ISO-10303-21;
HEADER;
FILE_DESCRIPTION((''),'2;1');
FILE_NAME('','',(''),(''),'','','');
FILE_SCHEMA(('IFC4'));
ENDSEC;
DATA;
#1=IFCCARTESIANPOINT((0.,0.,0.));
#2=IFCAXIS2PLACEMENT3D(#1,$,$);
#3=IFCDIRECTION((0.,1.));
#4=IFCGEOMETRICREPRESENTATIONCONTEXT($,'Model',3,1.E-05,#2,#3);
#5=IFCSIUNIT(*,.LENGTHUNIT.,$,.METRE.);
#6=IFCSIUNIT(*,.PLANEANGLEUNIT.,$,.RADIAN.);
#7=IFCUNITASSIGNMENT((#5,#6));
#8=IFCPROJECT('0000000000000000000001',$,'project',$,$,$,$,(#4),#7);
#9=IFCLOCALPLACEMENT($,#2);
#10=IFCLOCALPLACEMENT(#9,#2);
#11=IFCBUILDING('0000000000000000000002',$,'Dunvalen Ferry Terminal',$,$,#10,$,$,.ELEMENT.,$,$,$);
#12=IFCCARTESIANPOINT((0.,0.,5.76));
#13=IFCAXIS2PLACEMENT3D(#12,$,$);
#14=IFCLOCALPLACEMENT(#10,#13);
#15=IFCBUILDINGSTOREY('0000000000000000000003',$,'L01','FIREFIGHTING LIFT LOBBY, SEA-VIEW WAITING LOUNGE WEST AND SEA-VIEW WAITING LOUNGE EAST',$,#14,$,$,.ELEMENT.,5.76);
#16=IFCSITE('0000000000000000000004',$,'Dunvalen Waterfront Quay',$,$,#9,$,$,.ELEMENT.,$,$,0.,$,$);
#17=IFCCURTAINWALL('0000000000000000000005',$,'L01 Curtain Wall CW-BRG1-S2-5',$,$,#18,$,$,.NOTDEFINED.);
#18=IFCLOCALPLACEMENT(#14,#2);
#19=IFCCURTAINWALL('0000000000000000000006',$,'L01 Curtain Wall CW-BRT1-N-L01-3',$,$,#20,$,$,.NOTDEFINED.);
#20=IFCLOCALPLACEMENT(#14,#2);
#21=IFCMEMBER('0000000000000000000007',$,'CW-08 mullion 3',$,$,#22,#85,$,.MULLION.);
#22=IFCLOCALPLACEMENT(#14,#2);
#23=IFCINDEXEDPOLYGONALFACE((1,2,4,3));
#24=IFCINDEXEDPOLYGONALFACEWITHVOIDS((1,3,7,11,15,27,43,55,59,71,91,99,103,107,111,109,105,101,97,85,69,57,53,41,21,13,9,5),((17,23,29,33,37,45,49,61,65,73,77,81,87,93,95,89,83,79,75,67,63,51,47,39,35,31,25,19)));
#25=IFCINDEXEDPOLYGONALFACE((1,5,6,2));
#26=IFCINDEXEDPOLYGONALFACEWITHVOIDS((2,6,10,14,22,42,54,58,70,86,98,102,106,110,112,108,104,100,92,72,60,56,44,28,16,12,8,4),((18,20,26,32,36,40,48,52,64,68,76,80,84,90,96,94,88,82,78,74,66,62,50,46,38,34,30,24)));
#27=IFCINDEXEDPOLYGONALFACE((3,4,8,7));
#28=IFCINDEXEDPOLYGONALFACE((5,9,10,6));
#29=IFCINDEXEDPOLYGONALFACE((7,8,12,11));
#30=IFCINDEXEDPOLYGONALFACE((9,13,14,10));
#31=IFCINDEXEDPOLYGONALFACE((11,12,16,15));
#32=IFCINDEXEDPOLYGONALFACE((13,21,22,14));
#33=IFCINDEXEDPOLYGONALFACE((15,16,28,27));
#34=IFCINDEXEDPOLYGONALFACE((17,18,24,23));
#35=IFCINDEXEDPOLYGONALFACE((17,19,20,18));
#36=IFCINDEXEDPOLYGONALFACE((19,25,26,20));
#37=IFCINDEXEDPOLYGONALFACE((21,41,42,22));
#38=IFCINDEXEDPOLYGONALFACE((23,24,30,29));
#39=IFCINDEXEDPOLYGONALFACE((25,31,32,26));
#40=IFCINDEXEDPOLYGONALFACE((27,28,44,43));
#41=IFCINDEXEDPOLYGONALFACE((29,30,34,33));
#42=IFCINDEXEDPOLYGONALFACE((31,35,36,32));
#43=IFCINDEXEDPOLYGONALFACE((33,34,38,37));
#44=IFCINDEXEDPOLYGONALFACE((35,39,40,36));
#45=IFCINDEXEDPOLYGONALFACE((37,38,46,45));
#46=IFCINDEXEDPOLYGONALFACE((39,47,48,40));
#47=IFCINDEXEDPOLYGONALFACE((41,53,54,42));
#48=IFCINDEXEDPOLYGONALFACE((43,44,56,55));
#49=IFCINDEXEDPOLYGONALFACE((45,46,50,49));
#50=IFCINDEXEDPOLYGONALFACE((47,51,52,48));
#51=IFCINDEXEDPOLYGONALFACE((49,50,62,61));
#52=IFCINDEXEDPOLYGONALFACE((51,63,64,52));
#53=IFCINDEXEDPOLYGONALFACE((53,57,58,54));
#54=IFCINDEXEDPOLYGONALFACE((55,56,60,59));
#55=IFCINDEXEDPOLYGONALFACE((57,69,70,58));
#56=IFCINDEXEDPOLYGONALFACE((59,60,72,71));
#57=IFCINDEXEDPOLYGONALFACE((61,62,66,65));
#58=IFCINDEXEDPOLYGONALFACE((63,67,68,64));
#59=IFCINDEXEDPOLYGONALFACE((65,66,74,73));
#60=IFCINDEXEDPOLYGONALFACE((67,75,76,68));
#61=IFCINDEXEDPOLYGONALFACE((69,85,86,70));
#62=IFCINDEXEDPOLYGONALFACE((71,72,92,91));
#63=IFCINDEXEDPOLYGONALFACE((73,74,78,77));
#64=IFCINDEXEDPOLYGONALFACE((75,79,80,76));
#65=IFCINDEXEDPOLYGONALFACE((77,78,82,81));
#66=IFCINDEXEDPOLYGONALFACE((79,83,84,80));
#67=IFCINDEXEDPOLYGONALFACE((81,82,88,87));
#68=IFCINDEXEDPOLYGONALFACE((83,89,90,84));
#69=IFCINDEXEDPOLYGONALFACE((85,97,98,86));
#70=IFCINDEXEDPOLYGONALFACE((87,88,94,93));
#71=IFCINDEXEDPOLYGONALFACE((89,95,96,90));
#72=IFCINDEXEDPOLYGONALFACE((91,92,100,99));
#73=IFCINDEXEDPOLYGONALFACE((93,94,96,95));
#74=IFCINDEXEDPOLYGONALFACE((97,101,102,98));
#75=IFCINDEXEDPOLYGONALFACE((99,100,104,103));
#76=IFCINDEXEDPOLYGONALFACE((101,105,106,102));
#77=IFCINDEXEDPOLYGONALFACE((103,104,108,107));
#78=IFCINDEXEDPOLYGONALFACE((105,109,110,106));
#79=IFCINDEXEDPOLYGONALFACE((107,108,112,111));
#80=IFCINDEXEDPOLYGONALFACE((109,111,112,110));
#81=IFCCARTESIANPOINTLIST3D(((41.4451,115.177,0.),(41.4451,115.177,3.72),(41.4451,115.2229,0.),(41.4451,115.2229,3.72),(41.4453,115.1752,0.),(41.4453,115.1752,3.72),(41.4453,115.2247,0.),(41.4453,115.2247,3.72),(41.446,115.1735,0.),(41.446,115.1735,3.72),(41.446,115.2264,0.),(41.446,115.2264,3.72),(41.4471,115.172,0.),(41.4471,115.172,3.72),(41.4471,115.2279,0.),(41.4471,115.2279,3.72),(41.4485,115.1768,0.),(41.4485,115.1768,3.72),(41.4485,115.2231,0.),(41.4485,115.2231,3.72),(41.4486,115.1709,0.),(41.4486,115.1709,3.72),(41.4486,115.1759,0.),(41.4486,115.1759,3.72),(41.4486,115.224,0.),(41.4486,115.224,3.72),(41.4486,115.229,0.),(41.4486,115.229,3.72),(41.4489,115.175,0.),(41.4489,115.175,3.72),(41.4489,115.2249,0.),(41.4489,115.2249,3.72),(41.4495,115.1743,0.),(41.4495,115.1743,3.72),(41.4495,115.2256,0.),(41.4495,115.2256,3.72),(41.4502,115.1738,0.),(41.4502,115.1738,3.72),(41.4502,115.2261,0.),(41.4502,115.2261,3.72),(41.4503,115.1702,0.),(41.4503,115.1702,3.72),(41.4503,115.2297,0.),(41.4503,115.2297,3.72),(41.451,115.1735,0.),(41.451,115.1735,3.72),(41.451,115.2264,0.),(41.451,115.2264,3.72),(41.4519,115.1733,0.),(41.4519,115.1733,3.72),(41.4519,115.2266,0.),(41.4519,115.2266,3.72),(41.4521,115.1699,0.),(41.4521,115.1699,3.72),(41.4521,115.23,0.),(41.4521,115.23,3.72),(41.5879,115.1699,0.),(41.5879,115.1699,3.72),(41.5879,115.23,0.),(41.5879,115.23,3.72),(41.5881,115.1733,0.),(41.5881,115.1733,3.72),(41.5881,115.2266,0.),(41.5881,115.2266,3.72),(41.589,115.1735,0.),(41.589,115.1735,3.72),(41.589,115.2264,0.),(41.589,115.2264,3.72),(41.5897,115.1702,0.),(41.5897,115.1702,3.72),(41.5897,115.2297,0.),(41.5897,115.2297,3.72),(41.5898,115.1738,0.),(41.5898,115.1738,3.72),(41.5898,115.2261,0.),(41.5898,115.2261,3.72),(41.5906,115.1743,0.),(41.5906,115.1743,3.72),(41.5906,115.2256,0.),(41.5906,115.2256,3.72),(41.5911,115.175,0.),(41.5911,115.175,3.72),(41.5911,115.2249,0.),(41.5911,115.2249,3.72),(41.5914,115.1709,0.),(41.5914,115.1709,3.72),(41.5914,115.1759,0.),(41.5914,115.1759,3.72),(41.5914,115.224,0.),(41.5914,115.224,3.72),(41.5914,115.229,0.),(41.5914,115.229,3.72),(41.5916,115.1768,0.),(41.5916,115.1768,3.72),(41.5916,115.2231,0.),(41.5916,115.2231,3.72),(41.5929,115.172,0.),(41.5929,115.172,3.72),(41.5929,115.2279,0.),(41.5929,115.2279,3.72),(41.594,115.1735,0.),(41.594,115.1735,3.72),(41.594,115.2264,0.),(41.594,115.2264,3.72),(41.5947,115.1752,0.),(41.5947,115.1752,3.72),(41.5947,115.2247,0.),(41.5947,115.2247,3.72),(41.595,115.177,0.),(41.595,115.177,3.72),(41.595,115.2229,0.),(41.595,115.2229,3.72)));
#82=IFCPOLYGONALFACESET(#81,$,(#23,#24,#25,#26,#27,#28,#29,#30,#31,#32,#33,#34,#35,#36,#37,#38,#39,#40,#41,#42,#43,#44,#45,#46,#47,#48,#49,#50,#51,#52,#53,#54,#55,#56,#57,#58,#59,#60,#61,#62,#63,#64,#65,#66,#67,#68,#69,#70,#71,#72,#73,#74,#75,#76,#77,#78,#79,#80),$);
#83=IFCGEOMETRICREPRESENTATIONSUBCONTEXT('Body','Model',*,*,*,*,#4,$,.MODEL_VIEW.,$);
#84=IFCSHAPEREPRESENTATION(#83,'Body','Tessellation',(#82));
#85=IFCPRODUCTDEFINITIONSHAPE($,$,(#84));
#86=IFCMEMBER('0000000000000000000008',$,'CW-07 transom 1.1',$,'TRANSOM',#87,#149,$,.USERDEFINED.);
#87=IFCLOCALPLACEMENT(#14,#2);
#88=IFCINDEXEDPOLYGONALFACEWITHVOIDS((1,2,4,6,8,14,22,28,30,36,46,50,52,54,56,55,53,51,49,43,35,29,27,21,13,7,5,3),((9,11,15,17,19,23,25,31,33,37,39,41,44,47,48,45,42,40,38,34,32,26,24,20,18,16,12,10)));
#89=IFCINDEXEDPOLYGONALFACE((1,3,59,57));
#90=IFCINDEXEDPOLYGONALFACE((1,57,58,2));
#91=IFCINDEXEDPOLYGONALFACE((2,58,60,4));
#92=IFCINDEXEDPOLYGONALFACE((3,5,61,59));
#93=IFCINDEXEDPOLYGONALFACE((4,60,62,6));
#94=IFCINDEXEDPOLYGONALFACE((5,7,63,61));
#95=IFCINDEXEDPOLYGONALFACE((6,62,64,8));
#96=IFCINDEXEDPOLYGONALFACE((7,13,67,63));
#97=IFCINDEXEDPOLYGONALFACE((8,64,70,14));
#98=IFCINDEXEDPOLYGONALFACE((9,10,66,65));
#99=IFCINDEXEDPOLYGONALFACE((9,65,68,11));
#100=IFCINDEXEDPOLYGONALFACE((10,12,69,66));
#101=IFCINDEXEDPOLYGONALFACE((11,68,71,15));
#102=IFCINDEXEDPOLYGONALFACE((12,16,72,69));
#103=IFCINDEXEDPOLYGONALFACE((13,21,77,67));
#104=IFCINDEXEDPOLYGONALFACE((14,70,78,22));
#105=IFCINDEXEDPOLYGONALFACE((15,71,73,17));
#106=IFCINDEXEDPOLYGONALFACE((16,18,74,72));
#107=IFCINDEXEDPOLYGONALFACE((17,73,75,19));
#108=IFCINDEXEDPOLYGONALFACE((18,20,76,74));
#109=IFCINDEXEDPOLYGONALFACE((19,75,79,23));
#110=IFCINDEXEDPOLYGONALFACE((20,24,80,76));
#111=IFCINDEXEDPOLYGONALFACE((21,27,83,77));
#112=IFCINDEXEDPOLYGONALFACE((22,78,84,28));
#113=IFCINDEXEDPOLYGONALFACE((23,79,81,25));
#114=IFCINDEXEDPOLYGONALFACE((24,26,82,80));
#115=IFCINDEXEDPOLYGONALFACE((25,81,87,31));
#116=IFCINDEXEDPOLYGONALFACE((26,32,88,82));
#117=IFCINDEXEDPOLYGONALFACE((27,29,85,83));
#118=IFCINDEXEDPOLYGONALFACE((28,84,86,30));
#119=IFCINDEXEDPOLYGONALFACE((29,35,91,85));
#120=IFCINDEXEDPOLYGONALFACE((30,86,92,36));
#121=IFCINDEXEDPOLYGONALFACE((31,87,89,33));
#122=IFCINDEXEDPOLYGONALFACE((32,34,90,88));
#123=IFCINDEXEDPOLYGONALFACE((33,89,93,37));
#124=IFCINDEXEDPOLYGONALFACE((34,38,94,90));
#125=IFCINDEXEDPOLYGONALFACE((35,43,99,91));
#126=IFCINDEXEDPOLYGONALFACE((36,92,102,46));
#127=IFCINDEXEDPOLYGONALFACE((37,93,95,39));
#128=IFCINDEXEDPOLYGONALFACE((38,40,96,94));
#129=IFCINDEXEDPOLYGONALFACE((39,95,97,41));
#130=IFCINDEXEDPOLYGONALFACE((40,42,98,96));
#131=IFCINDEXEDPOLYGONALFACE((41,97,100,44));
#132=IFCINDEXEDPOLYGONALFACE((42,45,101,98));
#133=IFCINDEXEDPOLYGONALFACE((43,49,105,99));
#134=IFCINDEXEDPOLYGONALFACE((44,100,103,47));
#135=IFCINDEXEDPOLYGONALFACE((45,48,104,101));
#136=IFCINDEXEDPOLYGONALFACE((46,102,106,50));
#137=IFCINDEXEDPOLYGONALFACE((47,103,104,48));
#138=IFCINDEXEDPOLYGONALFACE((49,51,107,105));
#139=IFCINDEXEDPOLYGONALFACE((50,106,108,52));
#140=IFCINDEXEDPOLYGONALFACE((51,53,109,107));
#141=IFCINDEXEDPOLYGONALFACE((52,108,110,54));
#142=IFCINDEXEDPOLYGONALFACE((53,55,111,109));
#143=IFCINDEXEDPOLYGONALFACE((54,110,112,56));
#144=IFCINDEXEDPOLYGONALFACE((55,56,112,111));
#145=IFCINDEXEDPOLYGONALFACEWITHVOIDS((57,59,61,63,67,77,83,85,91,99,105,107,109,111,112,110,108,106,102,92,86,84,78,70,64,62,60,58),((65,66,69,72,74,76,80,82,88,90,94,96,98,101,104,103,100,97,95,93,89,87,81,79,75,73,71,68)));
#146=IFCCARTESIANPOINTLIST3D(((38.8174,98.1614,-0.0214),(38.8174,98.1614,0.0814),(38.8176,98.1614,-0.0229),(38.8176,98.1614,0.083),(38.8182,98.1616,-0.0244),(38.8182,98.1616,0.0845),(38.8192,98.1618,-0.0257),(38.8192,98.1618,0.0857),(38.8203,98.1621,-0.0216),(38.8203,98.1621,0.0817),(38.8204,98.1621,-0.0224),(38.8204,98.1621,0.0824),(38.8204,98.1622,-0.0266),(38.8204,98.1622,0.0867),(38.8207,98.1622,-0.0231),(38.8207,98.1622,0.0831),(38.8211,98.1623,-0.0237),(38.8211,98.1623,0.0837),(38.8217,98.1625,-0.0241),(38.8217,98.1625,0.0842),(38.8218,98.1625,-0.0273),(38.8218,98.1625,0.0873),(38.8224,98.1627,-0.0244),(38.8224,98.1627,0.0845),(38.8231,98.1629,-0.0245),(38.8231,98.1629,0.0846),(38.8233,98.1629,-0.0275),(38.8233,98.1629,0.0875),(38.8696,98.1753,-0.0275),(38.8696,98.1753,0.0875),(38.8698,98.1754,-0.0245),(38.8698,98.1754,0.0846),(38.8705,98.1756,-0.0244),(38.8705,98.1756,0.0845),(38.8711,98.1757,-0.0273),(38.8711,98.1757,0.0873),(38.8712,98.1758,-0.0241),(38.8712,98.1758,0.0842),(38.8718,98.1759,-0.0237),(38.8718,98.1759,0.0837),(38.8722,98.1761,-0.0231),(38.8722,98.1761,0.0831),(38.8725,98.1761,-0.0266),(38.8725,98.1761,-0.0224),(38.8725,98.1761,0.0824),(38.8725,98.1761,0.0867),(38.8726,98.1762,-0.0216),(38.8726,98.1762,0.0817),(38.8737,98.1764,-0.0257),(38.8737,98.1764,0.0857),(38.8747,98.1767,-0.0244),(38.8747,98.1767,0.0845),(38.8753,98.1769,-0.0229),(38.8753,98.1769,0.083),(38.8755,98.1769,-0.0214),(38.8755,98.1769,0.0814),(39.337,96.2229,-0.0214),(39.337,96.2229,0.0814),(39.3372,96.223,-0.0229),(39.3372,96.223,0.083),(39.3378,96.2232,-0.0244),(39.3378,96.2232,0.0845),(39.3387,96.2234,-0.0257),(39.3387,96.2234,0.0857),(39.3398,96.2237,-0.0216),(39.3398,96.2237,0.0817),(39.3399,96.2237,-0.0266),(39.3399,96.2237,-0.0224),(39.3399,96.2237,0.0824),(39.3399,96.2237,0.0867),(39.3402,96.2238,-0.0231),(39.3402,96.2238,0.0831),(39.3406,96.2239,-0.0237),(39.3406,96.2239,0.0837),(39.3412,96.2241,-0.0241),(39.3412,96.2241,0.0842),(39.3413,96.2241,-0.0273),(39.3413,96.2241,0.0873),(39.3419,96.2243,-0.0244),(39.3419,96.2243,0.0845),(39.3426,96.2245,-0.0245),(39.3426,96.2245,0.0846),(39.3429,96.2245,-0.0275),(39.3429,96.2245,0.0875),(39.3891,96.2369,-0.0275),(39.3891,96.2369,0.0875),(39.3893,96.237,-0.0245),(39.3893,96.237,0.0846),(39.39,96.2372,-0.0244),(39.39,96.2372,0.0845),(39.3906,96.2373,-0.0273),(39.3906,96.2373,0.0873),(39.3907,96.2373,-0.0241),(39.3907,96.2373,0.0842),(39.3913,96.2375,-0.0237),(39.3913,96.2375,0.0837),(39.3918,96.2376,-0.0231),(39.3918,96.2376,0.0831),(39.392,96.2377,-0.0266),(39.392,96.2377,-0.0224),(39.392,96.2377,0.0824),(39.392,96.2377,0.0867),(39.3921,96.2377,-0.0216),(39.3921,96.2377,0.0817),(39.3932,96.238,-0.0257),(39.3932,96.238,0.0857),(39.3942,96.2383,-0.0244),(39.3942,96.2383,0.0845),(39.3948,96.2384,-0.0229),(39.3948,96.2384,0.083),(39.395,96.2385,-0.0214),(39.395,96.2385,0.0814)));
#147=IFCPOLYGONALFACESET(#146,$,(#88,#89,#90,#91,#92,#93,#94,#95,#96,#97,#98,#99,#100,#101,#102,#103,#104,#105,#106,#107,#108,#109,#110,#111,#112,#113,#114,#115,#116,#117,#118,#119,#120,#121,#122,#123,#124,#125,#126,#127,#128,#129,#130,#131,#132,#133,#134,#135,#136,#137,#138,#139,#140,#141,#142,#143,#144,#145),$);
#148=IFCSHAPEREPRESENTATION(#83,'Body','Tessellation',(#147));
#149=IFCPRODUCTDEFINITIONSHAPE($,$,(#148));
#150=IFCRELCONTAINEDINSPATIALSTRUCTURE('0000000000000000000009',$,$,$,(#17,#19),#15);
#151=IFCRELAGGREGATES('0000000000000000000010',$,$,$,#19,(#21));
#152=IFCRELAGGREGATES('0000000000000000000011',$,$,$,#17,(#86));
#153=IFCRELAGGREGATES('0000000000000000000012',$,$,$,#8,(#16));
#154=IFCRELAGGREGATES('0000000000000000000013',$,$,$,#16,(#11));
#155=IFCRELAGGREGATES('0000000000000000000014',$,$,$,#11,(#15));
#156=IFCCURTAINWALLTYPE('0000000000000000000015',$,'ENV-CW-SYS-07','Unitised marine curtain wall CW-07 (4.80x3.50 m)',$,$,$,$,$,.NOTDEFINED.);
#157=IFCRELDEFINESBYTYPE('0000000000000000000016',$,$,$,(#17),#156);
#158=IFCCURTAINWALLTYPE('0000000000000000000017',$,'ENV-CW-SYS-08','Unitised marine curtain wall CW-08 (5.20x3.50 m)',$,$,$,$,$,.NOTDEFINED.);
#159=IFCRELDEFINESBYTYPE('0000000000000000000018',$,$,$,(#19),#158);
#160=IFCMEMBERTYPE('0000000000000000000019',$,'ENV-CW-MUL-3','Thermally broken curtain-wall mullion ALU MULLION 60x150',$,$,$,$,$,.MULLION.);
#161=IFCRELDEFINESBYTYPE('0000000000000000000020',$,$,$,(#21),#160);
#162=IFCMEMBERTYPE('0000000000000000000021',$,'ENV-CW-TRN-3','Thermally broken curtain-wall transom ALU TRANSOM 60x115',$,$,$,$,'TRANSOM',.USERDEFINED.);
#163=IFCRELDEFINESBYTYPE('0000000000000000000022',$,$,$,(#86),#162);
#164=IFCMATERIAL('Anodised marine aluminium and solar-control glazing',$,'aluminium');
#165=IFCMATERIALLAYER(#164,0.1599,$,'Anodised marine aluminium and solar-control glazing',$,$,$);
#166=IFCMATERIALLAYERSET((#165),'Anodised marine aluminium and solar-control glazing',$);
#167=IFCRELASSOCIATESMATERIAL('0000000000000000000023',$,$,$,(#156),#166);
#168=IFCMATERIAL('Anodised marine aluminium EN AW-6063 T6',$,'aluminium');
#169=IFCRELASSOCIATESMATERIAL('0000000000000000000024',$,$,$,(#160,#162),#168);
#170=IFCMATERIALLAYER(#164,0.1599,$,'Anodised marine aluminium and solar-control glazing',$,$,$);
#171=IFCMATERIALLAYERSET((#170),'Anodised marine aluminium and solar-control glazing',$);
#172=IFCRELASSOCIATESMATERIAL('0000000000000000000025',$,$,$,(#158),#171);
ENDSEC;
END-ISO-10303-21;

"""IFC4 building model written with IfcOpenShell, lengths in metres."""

from ifc_helpers import new_model, si_unit, direction, frame, origin, origin_2d, place, context, subcontext, project, spatial, hollow_rectangle, extrude, material, layer, layer_set, material_profile, profile_set, type_object, element, aggregate, save


model = new_model("IFC4")

# Units and contexts
model_context = context("Model", 3, precision=1e-05, world=origin(), true_north=direction((0.0, 1.0)))
body_context = subcontext(model_context, "Body", "Model", "MODEL_VIEW")
ifc_project = project(units=[si_unit("LENGTHUNIT", "METRE"), si_unit("PLANEANGLEUNIT", "RADIAN")], contexts=[model_context])

# Site, building, storey
site_placement = place(None, origin())
site = spatial("IfcSite", under=ifc_project, at=site_placement, Name="Dunvalen Waterfront Quay", CompositionType="ELEMENT", RefElevation=0.0)
building_placement = place(site_placement, origin())
building = spatial("IfcBuilding", under=site, at=building_placement, Name="Dunvalen Ferry Terminal", CompositionType="ELEMENT")
storey_placement = place(building_placement, frame((0.0, 0.0, 5.76)))
storey = spatial("IfcBuildingStorey", under=building, at=storey_placement, Name="L01", Description="FIREFIGHTING LIFT LOBBY, SEA-VIEW WAITING LOUNGE WEST AND SEA-VIEW WAITING LOUNGE EAST", CompositionType="ELEMENT", Elevation=5.76)

# Shared definitions
ifc_material_1 = material(Name="Anodised marine aluminium and solar-control glazing", Category="aluminium")
ifc_layer_1 = layer(ifc_material_1, 0.1599, Name="Anodised marine aluminium and solar-control glazing")
ifc_layer_set_1 = layer_set([ifc_layer_1], Name="Anodised marine aluminium and solar-control glazing")
curtain_wall_type_1 = type_object("IfcCurtainWallType", Name="ENV-CW-SYS-07", Description="Unitised marine curtain wall CW-07 (4.80x3.50 m)", PredefinedType="NOTDEFINED", material=ifc_layer_set_1)
ifc_material_2 = material(Name="Anodised marine aluminium EN AW-6063 T6", Category="aluminium")
ifc_material_profile_1 = material_profile(ifc_material_2, hollow_rectangle(XDim=0.0601, YDim=0.1499, WallThickness=0.0034, InnerFilletRadius=0.0034, OuterFilletRadius=0.0071, at=origin_2d()), Name="Anodised marine aluminium EN AW-6063 T6")
ifc_profile_set_1 = profile_set([ifc_material_profile_1], Name="Anodised marine aluminium EN AW-6063 T6")
member_type_1 = type_object("IfcMemberType", Name="ENV-CW-MUL-3", Description="Thermally broken curtain-wall mullion ALU MULLION 60x150", PredefinedType="MULLION", material=ifc_profile_set_1)

# Curtain walls, member
curtain_wall_1_placement = place(storey_placement, origin())
curtain_wall_1 = element("IfcCurtainWall", 1, at=curtain_wall_1_placement, inside=storey, type_object=curtain_wall_type_1, Name="L01 Curtain Wall CW-BRG1-S2-5", PredefinedType="NOTDEFINED")
ifc_layer_2 = layer(ifc_material_1, 0.1599, Name="Anodised marine aluminium and solar-control glazing")
ifc_layer_set_2 = layer_set([ifc_layer_2], Name="Anodised marine aluminium and solar-control glazing")
curtain_wall_type_2 = type_object("IfcCurtainWallType", Name="ENV-CW-SYS-08", Description="Unitised marine curtain wall CW-08 (5.20x3.50 m)", PredefinedType="NOTDEFINED", material=ifc_layer_set_2)
curtain_wall_2_placement = place(storey_placement, origin())
curtain_wall_2 = element("IfcCurtainWall", 2, at=curtain_wall_2_placement, inside=storey, type_object=curtain_wall_type_2, Name="L01 Curtain Wall CW-BRT1-N-L01-3", PredefinedType="NOTDEFINED")
member_1_placement = place(storey_placement, frame((41.52, 115.2, 0.0), z_axis=(0.0, 0.0, 1.0), x_axis=(0.0, 1.0, 0.0)))
member_1 = element("IfcMember", 3, at=member_1_placement, type_object=member_type_1, Name="CW-08 mullion 3", PredefinedType="MULLION", context=body_context, shape_type="SweptSolid", body=[
    extrude(hollow_rectangle(XDim=0.0601, YDim=0.1499, WallThickness=0.0034, InnerFilletRadius=0.0034, OuterFilletRadius=0.0071, at=origin_2d()), origin(), (0.0, 0.0, 1.0), 3.72),
])

# Member
ifc_material_profile_2 = material_profile(ifc_material_2, hollow_rectangle(XDim=0.0601, YDim=0.115, WallThickness=0.0029, InnerFilletRadius=0.0029, OuterFilletRadius=0.0061, at=origin_2d()), Name="Anodised marine aluminium EN AW-6063 T6")
ifc_profile_set_2 = profile_set([ifc_material_profile_2], Name="Anodised marine aluminium EN AW-6063 T6")
member_type_2 = type_object("IfcMemberType", Name="ENV-CW-TRN-3", Description="Thermally broken curtain-wall transom ALU TRANSOM 60x115", ElementType="TRANSOM", PredefinedType="USERDEFINED", material=ifc_profile_set_2)
member_2_placement = place(storey_placement, frame((39.366, 96.2307, 0.03), z_axis=(-0.258874, 0.965911, 0.0), x_axis=(-0.965911, -0.258874, 0.0)))
member_2 = element("IfcMember", 4, at=member_2_placement, type_object=member_type_2, Name="CW-07 transom 1.1", ObjectType="TRANSOM", PredefinedType="USERDEFINED", context=body_context, shape_type="SweptSolid", body=[
    extrude(hollow_rectangle(XDim=0.0601, YDim=0.115, WallThickness=0.0029, InnerFilletRadius=0.0029, OuterFilletRadius=0.0061, at=origin_2d()), origin(), (0.0, 0.0, 1.0), 2.0068),
])

aggregate(curtain_wall_2, [member_1])
aggregate(curtain_wall_1, [member_2])

save(model, "model.ifc")
